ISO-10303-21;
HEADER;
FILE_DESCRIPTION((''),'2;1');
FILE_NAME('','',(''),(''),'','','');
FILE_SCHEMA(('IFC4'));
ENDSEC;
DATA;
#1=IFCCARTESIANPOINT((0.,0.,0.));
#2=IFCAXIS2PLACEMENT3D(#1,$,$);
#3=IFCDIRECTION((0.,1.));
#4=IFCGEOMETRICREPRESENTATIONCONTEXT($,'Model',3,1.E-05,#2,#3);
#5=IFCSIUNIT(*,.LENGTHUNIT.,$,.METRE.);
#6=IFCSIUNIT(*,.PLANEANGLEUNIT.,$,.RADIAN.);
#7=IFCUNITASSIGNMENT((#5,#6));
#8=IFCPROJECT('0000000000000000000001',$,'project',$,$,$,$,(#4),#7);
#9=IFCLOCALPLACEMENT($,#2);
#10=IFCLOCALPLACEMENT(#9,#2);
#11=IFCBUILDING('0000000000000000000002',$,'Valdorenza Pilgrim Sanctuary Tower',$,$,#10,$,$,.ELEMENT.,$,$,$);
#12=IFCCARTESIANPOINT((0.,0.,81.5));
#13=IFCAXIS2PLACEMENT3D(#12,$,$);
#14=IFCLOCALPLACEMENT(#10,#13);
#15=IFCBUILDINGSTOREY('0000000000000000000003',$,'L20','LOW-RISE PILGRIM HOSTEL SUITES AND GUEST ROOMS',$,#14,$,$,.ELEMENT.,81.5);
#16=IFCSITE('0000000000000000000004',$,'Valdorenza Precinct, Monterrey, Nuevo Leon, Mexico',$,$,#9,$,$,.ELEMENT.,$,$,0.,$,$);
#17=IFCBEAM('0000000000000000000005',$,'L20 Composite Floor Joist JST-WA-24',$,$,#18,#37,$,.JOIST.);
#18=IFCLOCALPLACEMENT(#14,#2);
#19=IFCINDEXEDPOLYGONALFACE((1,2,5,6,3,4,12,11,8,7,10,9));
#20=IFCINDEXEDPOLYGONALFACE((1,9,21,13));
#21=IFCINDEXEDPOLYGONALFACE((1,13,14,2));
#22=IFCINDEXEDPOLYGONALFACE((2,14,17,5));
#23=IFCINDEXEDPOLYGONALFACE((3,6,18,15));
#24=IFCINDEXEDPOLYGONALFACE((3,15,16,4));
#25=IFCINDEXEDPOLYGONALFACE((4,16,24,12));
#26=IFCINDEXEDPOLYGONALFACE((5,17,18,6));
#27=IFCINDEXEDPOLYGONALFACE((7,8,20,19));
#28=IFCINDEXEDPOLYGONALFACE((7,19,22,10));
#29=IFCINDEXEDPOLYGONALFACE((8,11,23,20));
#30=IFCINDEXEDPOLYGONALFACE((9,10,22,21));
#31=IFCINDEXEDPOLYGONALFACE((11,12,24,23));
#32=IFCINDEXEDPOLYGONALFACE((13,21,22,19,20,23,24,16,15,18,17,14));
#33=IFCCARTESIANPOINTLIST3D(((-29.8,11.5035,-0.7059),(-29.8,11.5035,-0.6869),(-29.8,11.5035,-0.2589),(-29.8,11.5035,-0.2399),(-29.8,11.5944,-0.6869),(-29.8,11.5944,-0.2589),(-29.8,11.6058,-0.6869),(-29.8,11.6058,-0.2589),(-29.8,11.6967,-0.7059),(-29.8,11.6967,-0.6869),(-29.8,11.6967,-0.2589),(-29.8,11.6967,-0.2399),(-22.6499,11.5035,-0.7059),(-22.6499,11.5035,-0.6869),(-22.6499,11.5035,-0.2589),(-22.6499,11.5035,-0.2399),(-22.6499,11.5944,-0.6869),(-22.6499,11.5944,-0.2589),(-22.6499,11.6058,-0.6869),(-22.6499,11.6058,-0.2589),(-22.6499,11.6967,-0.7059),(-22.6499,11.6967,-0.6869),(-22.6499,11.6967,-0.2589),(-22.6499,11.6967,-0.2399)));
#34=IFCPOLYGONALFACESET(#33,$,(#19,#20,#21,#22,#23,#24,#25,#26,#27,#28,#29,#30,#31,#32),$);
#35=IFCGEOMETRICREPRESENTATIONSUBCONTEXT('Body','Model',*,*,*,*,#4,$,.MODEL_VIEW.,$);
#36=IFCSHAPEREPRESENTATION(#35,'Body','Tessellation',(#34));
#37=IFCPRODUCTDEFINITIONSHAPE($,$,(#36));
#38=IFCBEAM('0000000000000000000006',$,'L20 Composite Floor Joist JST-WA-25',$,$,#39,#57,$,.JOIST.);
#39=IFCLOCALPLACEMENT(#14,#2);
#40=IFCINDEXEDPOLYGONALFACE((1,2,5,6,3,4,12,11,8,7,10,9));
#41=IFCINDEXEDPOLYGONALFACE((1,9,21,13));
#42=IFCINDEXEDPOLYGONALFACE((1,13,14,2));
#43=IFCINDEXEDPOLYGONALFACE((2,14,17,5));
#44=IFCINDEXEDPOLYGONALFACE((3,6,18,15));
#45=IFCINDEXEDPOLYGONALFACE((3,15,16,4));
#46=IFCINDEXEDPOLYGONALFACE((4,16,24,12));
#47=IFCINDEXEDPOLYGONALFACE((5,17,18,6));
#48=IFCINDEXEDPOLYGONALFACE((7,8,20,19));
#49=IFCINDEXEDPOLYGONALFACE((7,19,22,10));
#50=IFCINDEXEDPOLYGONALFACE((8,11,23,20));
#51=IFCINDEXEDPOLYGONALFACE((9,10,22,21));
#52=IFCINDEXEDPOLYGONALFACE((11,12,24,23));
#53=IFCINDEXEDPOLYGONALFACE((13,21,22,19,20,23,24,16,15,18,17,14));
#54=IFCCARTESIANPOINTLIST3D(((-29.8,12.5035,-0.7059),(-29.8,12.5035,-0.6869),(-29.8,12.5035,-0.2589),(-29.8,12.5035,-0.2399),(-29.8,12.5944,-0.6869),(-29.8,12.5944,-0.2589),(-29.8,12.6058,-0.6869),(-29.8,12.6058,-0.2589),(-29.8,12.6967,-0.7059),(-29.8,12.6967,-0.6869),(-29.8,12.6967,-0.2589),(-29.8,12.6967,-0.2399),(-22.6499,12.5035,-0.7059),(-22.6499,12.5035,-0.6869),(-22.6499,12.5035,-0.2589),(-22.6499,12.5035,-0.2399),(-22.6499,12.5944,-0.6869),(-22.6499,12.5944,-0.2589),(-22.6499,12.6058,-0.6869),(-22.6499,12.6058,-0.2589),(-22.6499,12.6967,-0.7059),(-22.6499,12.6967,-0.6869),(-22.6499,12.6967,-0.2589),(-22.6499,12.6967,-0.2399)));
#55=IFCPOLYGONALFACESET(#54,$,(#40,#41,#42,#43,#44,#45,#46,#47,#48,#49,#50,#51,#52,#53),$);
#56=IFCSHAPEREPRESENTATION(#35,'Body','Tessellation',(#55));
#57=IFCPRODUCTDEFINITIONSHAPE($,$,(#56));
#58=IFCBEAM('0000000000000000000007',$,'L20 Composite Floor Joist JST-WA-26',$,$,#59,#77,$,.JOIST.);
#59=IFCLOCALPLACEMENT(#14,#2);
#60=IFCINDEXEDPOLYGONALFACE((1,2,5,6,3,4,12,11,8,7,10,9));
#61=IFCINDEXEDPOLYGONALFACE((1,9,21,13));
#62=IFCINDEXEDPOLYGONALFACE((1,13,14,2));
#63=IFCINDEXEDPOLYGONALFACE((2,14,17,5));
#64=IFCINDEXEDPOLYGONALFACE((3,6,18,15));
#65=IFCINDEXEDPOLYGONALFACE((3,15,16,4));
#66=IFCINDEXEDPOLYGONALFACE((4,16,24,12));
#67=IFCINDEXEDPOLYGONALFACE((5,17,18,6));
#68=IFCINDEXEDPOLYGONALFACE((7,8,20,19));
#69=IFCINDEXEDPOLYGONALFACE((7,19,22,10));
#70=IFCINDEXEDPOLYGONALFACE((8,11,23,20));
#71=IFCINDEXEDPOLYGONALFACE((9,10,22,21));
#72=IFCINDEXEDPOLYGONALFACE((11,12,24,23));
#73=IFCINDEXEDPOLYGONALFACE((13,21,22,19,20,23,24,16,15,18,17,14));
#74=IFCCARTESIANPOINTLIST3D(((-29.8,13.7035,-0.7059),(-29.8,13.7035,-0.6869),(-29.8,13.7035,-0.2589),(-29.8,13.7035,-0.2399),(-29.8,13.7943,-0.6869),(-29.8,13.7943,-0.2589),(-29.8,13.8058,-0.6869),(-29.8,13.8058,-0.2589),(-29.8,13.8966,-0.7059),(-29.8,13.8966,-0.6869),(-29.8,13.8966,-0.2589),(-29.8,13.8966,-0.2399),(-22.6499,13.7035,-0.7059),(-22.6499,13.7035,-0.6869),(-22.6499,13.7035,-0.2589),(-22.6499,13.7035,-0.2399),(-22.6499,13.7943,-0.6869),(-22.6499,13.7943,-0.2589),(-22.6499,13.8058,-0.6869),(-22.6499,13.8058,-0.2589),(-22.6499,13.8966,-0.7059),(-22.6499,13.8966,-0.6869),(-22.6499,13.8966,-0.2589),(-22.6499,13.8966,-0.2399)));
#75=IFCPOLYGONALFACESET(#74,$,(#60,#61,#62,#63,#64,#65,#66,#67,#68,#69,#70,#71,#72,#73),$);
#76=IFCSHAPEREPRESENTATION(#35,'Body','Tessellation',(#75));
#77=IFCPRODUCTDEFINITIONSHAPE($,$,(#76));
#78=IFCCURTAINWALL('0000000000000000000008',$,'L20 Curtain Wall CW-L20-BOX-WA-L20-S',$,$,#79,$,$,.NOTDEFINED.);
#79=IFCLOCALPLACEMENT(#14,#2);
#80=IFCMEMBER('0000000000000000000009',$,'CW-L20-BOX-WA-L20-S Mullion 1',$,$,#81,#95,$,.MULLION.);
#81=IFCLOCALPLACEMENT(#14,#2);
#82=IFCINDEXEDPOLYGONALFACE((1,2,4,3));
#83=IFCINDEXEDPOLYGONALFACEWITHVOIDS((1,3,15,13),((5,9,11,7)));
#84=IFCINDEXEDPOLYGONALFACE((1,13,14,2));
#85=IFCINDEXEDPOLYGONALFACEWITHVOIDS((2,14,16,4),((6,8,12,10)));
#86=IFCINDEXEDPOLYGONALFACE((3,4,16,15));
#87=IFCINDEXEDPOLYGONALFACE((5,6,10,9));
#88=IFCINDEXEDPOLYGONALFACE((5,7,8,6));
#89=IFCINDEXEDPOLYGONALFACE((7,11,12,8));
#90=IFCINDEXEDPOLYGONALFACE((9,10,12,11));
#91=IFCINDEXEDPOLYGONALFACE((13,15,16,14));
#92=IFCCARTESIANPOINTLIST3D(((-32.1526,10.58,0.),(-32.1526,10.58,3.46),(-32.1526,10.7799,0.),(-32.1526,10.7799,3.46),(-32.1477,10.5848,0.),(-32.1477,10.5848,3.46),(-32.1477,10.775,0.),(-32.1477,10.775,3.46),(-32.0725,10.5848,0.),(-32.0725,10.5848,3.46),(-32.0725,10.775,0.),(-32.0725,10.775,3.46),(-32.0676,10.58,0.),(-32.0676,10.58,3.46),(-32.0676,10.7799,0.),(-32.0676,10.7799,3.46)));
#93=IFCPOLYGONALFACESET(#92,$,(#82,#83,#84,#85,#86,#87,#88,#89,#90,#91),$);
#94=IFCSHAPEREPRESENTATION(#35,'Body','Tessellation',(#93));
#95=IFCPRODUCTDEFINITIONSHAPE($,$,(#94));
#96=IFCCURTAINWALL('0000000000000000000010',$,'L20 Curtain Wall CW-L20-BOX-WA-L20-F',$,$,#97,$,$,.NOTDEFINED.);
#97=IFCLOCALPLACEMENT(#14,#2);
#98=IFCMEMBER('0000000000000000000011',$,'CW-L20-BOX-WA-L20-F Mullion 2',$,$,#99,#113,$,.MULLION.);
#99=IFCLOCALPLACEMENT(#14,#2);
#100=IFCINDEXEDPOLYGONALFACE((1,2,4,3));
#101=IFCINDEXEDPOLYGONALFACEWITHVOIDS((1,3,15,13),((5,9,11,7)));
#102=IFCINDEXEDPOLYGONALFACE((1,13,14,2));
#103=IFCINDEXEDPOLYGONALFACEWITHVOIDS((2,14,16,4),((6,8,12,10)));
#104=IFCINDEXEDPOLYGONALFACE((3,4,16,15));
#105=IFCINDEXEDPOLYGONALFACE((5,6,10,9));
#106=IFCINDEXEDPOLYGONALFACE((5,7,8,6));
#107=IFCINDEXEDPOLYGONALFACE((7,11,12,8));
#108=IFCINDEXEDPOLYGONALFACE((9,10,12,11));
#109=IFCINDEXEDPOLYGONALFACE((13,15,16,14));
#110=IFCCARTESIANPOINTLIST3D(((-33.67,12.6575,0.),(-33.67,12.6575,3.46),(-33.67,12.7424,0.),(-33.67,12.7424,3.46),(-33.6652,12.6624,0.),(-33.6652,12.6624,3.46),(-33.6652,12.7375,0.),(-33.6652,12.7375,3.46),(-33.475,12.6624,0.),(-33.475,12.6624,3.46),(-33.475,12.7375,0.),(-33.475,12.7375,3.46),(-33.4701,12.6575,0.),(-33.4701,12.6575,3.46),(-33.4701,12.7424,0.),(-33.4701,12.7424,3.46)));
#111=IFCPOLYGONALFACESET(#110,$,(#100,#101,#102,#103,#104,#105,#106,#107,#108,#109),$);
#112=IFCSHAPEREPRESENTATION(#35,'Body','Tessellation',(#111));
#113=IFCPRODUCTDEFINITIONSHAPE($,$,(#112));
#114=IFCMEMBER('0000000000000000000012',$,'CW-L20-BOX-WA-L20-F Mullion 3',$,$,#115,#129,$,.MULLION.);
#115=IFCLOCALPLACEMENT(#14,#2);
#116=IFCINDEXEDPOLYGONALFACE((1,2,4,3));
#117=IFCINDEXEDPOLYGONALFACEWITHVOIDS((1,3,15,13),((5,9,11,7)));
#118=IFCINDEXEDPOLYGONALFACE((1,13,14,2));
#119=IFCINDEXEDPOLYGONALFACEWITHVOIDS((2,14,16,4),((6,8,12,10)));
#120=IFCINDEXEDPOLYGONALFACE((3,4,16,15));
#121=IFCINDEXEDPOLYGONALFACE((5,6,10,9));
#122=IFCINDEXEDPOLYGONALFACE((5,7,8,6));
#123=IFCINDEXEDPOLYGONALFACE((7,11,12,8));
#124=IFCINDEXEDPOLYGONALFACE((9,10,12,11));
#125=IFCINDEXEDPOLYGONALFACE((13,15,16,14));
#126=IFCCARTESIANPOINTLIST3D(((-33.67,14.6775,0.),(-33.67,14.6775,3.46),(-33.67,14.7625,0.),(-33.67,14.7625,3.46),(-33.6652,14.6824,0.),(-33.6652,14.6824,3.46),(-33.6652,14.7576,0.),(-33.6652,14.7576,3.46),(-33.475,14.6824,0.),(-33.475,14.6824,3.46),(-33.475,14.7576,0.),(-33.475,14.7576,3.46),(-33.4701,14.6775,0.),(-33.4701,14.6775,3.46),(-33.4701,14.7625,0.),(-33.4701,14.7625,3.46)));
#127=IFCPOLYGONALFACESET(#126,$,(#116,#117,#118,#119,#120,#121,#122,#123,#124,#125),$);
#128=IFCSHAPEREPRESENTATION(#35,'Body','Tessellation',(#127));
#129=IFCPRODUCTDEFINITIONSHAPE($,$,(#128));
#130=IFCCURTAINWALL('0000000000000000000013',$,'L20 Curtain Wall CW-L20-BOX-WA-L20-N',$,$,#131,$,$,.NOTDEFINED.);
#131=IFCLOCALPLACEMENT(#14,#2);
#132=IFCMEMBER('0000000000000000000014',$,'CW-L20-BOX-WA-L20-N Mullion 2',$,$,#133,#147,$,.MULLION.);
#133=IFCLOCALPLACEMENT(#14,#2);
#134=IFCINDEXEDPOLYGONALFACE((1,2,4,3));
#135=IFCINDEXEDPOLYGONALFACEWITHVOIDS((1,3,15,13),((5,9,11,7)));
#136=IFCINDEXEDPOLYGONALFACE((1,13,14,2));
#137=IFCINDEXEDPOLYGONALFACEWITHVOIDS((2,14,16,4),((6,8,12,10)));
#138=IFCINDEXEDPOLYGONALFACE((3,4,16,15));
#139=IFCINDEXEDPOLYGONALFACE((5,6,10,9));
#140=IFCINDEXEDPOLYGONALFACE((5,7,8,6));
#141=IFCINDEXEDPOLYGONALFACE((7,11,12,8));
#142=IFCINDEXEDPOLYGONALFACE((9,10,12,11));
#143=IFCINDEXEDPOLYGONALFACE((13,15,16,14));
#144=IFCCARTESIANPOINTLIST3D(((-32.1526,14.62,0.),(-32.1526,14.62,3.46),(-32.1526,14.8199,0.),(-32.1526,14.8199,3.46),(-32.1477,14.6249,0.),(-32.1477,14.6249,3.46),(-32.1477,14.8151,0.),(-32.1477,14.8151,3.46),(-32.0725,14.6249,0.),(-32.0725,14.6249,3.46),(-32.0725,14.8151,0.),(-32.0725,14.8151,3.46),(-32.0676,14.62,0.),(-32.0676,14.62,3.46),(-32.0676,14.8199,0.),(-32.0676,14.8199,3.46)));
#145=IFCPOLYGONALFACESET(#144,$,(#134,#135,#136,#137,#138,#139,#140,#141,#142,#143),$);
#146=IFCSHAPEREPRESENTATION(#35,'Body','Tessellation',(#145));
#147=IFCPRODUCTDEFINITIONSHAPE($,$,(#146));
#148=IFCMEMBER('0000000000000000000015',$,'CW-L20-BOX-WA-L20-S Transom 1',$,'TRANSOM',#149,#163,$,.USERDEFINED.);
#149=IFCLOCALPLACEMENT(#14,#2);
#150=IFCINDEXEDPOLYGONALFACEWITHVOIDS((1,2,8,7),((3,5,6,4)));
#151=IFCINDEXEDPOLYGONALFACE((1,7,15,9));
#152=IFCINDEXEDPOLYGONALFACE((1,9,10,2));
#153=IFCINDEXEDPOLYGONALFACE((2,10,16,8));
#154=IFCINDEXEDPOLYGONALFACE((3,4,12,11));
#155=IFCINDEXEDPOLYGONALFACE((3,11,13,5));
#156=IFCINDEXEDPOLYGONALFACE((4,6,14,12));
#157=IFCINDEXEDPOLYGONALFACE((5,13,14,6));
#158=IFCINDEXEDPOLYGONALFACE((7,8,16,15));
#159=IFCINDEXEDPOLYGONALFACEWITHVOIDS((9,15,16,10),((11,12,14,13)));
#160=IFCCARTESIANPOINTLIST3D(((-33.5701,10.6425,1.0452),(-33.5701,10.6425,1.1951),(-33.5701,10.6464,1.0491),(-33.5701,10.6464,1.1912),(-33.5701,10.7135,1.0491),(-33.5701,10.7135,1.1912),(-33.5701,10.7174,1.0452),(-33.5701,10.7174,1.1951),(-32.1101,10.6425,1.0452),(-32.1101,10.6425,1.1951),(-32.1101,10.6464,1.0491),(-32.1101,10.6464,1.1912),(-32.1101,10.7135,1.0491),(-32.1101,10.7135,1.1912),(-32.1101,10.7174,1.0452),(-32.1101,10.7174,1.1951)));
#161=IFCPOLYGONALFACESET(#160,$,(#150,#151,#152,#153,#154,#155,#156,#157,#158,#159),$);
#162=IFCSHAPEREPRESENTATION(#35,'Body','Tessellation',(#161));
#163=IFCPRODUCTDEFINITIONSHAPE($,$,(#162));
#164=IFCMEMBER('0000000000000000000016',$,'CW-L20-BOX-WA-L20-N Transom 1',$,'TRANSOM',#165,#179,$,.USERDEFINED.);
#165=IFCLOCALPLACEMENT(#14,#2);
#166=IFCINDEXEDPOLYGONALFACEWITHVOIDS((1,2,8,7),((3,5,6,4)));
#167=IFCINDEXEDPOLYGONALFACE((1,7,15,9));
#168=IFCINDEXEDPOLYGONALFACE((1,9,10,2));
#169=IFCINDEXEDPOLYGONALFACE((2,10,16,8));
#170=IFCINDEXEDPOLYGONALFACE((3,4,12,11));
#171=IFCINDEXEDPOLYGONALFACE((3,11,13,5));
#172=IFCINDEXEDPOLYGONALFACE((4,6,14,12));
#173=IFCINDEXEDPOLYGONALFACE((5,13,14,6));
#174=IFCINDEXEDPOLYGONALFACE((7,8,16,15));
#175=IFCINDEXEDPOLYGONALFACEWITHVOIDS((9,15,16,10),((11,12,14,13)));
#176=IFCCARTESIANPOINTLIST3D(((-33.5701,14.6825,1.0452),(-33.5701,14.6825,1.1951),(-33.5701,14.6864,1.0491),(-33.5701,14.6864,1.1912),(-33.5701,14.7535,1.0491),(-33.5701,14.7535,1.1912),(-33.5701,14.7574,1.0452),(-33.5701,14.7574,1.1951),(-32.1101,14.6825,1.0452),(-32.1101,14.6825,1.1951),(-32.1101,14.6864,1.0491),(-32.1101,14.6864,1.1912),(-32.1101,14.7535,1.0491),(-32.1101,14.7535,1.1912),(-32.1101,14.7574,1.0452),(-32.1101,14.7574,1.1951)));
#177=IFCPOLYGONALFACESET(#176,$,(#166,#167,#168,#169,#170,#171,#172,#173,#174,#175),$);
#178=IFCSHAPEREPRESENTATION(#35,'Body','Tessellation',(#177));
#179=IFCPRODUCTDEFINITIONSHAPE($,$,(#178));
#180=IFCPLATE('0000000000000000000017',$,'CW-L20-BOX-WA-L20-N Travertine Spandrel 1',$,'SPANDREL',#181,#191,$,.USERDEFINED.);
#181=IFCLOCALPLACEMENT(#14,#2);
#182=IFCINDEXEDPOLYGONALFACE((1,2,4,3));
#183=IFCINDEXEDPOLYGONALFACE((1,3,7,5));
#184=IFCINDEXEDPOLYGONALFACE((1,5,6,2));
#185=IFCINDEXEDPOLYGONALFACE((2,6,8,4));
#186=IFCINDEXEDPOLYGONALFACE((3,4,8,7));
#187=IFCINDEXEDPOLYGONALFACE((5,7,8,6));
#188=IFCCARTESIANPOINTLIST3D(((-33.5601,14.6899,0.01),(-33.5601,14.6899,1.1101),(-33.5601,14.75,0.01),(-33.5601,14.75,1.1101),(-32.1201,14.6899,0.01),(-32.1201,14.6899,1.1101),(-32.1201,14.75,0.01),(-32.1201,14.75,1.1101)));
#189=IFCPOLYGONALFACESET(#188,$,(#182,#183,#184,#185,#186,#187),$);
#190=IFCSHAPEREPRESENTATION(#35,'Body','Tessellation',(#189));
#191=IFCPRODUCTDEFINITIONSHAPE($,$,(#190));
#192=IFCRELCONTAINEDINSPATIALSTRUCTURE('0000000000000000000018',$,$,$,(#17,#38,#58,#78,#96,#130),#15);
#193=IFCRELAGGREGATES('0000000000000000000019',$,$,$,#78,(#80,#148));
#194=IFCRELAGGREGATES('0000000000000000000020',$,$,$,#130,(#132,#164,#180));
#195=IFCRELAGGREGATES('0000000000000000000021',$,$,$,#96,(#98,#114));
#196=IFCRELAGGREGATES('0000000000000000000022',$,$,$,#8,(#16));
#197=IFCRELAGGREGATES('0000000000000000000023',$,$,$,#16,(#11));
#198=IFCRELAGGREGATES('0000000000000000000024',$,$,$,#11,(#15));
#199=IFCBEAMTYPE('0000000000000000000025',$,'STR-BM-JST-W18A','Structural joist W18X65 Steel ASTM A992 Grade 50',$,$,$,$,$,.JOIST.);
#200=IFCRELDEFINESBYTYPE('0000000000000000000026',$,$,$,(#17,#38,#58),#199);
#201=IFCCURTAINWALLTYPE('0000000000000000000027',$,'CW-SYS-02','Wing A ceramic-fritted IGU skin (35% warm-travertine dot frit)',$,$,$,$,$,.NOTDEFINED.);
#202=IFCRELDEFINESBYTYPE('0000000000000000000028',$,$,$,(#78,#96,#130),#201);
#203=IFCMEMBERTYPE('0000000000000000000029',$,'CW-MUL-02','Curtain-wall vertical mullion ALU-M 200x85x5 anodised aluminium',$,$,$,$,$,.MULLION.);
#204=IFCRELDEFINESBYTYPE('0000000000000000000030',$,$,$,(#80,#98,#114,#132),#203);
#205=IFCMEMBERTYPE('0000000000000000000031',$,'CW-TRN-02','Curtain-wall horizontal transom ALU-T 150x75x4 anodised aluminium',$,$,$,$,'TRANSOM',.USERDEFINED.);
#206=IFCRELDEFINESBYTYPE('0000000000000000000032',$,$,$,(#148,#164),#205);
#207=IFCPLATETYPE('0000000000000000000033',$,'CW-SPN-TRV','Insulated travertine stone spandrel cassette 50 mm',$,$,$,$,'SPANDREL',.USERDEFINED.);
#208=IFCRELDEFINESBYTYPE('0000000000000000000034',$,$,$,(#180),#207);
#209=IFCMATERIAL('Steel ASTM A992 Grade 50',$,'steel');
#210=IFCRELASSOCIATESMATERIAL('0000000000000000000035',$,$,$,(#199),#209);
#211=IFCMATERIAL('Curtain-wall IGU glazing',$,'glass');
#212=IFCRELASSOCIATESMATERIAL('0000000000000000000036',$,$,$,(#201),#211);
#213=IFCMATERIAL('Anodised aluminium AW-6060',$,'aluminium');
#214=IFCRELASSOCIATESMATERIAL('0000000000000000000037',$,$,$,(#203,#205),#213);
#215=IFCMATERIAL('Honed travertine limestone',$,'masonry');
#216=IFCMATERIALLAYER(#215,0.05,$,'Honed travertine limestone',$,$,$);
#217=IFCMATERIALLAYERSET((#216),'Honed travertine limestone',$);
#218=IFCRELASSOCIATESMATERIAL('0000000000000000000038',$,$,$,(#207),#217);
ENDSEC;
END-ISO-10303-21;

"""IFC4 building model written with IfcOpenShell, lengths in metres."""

from ifc_helpers import new_model, si_unit, direction, frame, origin, origin_2d, place, context, subcontext, project, spatial, rectangle, hollow_rectangle, i_section, extrude, source, transform, mapped, material, layer, layer_set, material_profile, profile_set, type_object, element, aggregate, save


model = new_model("IFC4")

# Units and contexts
model_context = context("Model", 3, precision=1e-05, world=origin(), true_north=direction((0.0, 1.0)))
body_context = subcontext(model_context, "Body", "Model", "MODEL_VIEW")
ifc_project = project(units=[si_unit("LENGTHUNIT", "METRE"), si_unit("PLANEANGLEUNIT", "RADIAN")], contexts=[model_context])

# Site, building, storey
site_placement = place(None, origin())
site = spatial("IfcSite", under=ifc_project, at=site_placement, Name="Valdorenza Precinct, Monterrey, Nuevo Leon, Mexico", CompositionType="ELEMENT", RefElevation=0.0)
building_placement = place(site_placement, origin())
building = spatial("IfcBuilding", under=site, at=building_placement, Name="Valdorenza Pilgrim Sanctuary Tower", CompositionType="ELEMENT")
storey_placement = place(building_placement, frame((0.0, 0.0, 81.5)))
storey = spatial("IfcBuildingStorey", under=building, at=storey_placement, Name="L20", Description="LOW-RISE PILGRIM HOSTEL SUITES AND GUEST ROOMS", CompositionType="ELEMENT", Elevation=81.5)

# Beams
ifc_material_1 = material(Name="Steel ASTM A992 Grade 50", Category="steel")
ifc_material_profile_1 = material_profile(ifc_material_1, i_section(OverallWidth=0.1931, OverallDepth=0.4661, WebThickness=0.0115, FlangeThickness=0.019, at=origin_2d()), Name="W18X65")
ifc_profile_set_1 = profile_set([ifc_material_profile_1], Name="Steel ASTM A992 Grade 50")
beam_type = type_object("IfcBeamType", Name="STR-BM-JST-W18A", Description="Structural joist W18X65 Steel ASTM A992 Grade 50", PredefinedType="JOIST", material=ifc_profile_set_1)
shared_shape_1 = source(origin(), body_context, "Body", "SweptSolid", [
    extrude(i_section(OverallWidth=0.1931, OverallDepth=0.4661, WebThickness=0.0115, FlangeThickness=0.019, at=origin_2d()), origin(), (0.0, 0.0, 1.0), 7.1501),
])
for number, where, z_axis, x_axis, name in (
    (1, (-29.8, 11.6001, -0.4729), (1.0, 0.0, 0.0), (0.0, 1.0, 0.0), "L20 Composite Floor Joist JST-WA-24"),
    (2, (-29.8, 12.6001, -0.4729), (1.0, 0.0, 0.0), (0.0, 1.0, 0.0), "L20 Composite Floor Joist JST-WA-25"),
    (3, (-29.8, 13.8, -0.4729), (1.0, 0.0, 0.0), (0.0, 1.0, 0.0), "L20 Composite Floor Joist JST-WA-26"),
):
    element("IfcBeam", number, at=place(storey_placement, frame(where, z_axis=z_axis, x_axis=x_axis)), inside=storey, type_object=beam_type, Name=name, PredefinedType="JOIST", context=body_context, shape_type="MappedRepresentation", body=[
        mapped(shared_shape_1, transform((0.0, 0.0, 0.0), x_axis=(1.0, 0.0, 0.0), y_axis=(0.0, 1.0, 0.0), z_axis=(0.0, 0.0, 1.0), scale=1.0)),
    ])

# Curtain wall, member
ifc_material_2 = material(Name="Curtain-wall IGU glazing", Category="glass")
curtain_wall_type = type_object("IfcCurtainWallType", Name="CW-SYS-02", Description="Wing A ceramic-fritted IGU skin (35% warm-travertine dot frit)", PredefinedType="NOTDEFINED", material=ifc_material_2)
curtain_wall_1_placement = place(storey_placement, origin())
curtain_wall_1 = element("IfcCurtainWall", 4, at=curtain_wall_1_placement, inside=storey, type_object=curtain_wall_type, Name="L20 Curtain Wall CW-L20-BOX-WA-L20-S", PredefinedType="NOTDEFINED")
ifc_material_3 = material(Name="Anodised aluminium AW-6060", Category="aluminium")
ifc_material_profile_2 = material_profile(ifc_material_3, hollow_rectangle(XDim=0.085, YDim=0.2, WallThickness=0.0049, at=origin_2d()), Name="ALU-M 200x85x5")
ifc_profile_set_2 = profile_set([ifc_material_profile_2], Name="Anodised aluminium AW-6060")
member_type_1 = type_object("IfcMemberType", Name="CW-MUL-02", Description="Curtain-wall vertical mullion ALU-M 200x85x5 anodised aluminium", PredefinedType="MULLION", material=ifc_profile_set_2)
shared_shape_2 = source(origin(), body_context, "Body", "SweptSolid", [
    extrude(hollow_rectangle(XDim=0.085, YDim=0.2, WallThickness=0.0049, at=origin_2d()), origin(), (0.0, 0.0, 1.0), 3.46),
])
member_1_placement = place(storey_placement, frame((-32.1101, 10.6799, 0.0), z_axis=(0.0, 0.0, 1.0), x_axis=(-1.0, 0.0, 0.0)))
member_1 = element("IfcMember", 5, at=member_1_placement, type_object=member_type_1, Name="CW-L20-BOX-WA-L20-S Mullion 1", PredefinedType="MULLION", context=body_context, shape_type="MappedRepresentation", body=[
    mapped(shared_shape_2, transform((0.0, 0.0, 0.0), x_axis=(1.0, 0.0, 0.0), y_axis=(0.0, 1.0, 0.0), z_axis=(0.0, 0.0, 1.0), scale=1.0)),
])

# Curtain wall, members
curtain_wall_2_placement = place(storey_placement, origin())
curtain_wall_2 = element("IfcCurtainWall", 6, at=curtain_wall_2_placement, inside=storey, type_object=curtain_wall_type, Name="L20 Curtain Wall CW-L20-BOX-WA-L20-F", PredefinedType="NOTDEFINED")
member_2_placement = place(storey_placement, frame((-33.5701, 12.7, 0.0), z_axis=(0.0, 0.0, 1.0), x_axis=(0.0, 1.0, 0.0)))
member_2 = element("IfcMember", 7, at=member_2_placement, type_object=member_type_1, Name="CW-L20-BOX-WA-L20-F Mullion 2", PredefinedType="MULLION", context=body_context, shape_type="MappedRepresentation", body=[
    mapped(shared_shape_2, transform((0.0, 0.0, 0.0), x_axis=(1.0, 0.0, 0.0), y_axis=(0.0, 1.0, 0.0), z_axis=(0.0, 0.0, 1.0), scale=1.0)),
])
member_3_placement = place(storey_placement, frame((-33.5701, 14.72, 0.0), z_axis=(0.0, 0.0, 1.0), x_axis=(0.0, 1.0, 0.0)))
member_3 = element("IfcMember", 8, at=member_3_placement, type_object=member_type_1, Name="CW-L20-BOX-WA-L20-F Mullion 3", PredefinedType="MULLION", context=body_context, shape_type="MappedRepresentation", body=[
    mapped(shared_shape_2, transform((0.0, 0.0, 0.0), x_axis=(1.0, 0.0, 0.0), y_axis=(0.0, 1.0, 0.0), z_axis=(0.0, 0.0, 1.0), scale=1.0)),
])

# Curtain wall, member
curtain_wall_3_placement = place(storey_placement, origin())
curtain_wall_3 = element("IfcCurtainWall", 9, at=curtain_wall_3_placement, inside=storey, type_object=curtain_wall_type, Name="L20 Curtain Wall CW-L20-BOX-WA-L20-N", PredefinedType="NOTDEFINED")
member_4_placement = place(storey_placement, frame((-32.1101, 14.72, 0.0), z_axis=(0.0, 0.0, 1.0), x_axis=(1.0, 0.0, 0.0)))
member_4 = element("IfcMember", 10, at=member_4_placement, type_object=member_type_1, Name="CW-L20-BOX-WA-L20-N Mullion 2", PredefinedType="MULLION", context=body_context, shape_type="MappedRepresentation", body=[
    mapped(shared_shape_2, transform((0.0, 0.0, 0.0), x_axis=(1.0, 0.0, 0.0), y_axis=(0.0, 1.0, 0.0), z_axis=(0.0, 0.0, 1.0), scale=1.0)),
])

# Members
ifc_material_profile_3 = material_profile(ifc_material_3, hollow_rectangle(XDim=0.075, YDim=0.1499, WallThickness=0.0039, at=origin_2d()), Name="ALU-T 150x75x4")
ifc_profile_set_3 = profile_set([ifc_material_profile_3], Name="Anodised aluminium AW-6060")
member_type_2 = type_object("IfcMemberType", Name="CW-TRN-02", Description="Curtain-wall horizontal transom ALU-T 150x75x4 anodised aluminium", ElementType="TRANSOM", PredefinedType="USERDEFINED", material=ifc_profile_set_3)
shared_shape_3 = source(origin(), body_context, "Body", "SweptSolid", [
    extrude(hollow_rectangle(XDim=0.075, YDim=0.1499, WallThickness=0.0039, at=origin_2d()), origin(), (0.0, 0.0, 1.0), 1.46),
])
member_5_placement = place(storey_placement, frame((-32.1101, 10.6799, 1.1201), z_axis=(-1.0, 0.0, 0.0), x_axis=(0.0, -1.0, 0.0)))
member_5 = element("IfcMember", 11, at=member_5_placement, type_object=member_type_2, Name="CW-L20-BOX-WA-L20-S Transom 1", ObjectType="TRANSOM", PredefinedType="USERDEFINED", context=body_context, shape_type="MappedRepresentation", body=[
    mapped(shared_shape_3, transform((0.0, 0.0, 0.0), x_axis=(1.0, 0.0, 0.0), y_axis=(0.0, 1.0, 0.0), z_axis=(0.0, 0.0, 1.0), scale=1.0)),
])
aggregate(curtain_wall_1, [member_1, member_5])
member_6_placement = place(storey_placement, frame((-33.5701, 14.72, 1.1201), z_axis=(1.0, 0.0, 0.0), x_axis=(0.0, 1.0, 0.0)))
member_6 = element("IfcMember", 12, at=member_6_placement, type_object=member_type_2, Name="CW-L20-BOX-WA-L20-N Transom 1", ObjectType="TRANSOM", PredefinedType="USERDEFINED", context=body_context, shape_type="MappedRepresentation", body=[
    mapped(shared_shape_3, transform((0.0, 0.0, 0.0), x_axis=(1.0, 0.0, 0.0), y_axis=(0.0, 1.0, 0.0), z_axis=(0.0, 0.0, 1.0), scale=1.0)),
])

# Plate
ifc_material_4 = material(Name="Honed travertine limestone", Category="masonry")
ifc_layer_1 = layer(ifc_material_4, 0.05, Name="Honed travertine limestone")
ifc_layer_set_1 = layer_set([ifc_layer_1], Name="Honed travertine limestone")
plate_type_1 = type_object("IfcPlateType", Name="CW-SPN-TRV", Description="Insulated travertine stone spandrel cassette 50 mm", ElementType="SPANDREL", PredefinedType="USERDEFINED", material=ifc_layer_set_1)
shared_shape_4 = source(origin(), body_context, "Body", "SweptSolid", [
    extrude(rectangle(XDim=1.4399, YDim=0.0601, at=origin_2d()), origin(), (0.0, 0.0, 1.0), 1.1001),
])
plate_1_placement = place(storey_placement, frame((-32.8401, 14.72, 0.01), z_axis=(0.0, 0.0, 1.0), x_axis=(1.0, 0.0, 0.0)))
plate_1 = element("IfcPlate", 13, at=plate_1_placement, type_object=plate_type_1, Name="CW-L20-BOX-WA-L20-N Travertine Spandrel 1", ObjectType="SPANDREL", PredefinedType="USERDEFINED", context=body_context, shape_type="MappedRepresentation", body=[
    mapped(shared_shape_4, transform((0.0, 0.0, 0.0), x_axis=(1.0, 0.0, 0.0), y_axis=(0.0, 1.0, 0.0), z_axis=(0.0, 0.0, 1.0), scale=1.0)),
])
aggregate(curtain_wall_3, [member_4, member_6, plate_1])
aggregate(curtain_wall_2, [member_2, member_3])

save(model, "model.ifc")
